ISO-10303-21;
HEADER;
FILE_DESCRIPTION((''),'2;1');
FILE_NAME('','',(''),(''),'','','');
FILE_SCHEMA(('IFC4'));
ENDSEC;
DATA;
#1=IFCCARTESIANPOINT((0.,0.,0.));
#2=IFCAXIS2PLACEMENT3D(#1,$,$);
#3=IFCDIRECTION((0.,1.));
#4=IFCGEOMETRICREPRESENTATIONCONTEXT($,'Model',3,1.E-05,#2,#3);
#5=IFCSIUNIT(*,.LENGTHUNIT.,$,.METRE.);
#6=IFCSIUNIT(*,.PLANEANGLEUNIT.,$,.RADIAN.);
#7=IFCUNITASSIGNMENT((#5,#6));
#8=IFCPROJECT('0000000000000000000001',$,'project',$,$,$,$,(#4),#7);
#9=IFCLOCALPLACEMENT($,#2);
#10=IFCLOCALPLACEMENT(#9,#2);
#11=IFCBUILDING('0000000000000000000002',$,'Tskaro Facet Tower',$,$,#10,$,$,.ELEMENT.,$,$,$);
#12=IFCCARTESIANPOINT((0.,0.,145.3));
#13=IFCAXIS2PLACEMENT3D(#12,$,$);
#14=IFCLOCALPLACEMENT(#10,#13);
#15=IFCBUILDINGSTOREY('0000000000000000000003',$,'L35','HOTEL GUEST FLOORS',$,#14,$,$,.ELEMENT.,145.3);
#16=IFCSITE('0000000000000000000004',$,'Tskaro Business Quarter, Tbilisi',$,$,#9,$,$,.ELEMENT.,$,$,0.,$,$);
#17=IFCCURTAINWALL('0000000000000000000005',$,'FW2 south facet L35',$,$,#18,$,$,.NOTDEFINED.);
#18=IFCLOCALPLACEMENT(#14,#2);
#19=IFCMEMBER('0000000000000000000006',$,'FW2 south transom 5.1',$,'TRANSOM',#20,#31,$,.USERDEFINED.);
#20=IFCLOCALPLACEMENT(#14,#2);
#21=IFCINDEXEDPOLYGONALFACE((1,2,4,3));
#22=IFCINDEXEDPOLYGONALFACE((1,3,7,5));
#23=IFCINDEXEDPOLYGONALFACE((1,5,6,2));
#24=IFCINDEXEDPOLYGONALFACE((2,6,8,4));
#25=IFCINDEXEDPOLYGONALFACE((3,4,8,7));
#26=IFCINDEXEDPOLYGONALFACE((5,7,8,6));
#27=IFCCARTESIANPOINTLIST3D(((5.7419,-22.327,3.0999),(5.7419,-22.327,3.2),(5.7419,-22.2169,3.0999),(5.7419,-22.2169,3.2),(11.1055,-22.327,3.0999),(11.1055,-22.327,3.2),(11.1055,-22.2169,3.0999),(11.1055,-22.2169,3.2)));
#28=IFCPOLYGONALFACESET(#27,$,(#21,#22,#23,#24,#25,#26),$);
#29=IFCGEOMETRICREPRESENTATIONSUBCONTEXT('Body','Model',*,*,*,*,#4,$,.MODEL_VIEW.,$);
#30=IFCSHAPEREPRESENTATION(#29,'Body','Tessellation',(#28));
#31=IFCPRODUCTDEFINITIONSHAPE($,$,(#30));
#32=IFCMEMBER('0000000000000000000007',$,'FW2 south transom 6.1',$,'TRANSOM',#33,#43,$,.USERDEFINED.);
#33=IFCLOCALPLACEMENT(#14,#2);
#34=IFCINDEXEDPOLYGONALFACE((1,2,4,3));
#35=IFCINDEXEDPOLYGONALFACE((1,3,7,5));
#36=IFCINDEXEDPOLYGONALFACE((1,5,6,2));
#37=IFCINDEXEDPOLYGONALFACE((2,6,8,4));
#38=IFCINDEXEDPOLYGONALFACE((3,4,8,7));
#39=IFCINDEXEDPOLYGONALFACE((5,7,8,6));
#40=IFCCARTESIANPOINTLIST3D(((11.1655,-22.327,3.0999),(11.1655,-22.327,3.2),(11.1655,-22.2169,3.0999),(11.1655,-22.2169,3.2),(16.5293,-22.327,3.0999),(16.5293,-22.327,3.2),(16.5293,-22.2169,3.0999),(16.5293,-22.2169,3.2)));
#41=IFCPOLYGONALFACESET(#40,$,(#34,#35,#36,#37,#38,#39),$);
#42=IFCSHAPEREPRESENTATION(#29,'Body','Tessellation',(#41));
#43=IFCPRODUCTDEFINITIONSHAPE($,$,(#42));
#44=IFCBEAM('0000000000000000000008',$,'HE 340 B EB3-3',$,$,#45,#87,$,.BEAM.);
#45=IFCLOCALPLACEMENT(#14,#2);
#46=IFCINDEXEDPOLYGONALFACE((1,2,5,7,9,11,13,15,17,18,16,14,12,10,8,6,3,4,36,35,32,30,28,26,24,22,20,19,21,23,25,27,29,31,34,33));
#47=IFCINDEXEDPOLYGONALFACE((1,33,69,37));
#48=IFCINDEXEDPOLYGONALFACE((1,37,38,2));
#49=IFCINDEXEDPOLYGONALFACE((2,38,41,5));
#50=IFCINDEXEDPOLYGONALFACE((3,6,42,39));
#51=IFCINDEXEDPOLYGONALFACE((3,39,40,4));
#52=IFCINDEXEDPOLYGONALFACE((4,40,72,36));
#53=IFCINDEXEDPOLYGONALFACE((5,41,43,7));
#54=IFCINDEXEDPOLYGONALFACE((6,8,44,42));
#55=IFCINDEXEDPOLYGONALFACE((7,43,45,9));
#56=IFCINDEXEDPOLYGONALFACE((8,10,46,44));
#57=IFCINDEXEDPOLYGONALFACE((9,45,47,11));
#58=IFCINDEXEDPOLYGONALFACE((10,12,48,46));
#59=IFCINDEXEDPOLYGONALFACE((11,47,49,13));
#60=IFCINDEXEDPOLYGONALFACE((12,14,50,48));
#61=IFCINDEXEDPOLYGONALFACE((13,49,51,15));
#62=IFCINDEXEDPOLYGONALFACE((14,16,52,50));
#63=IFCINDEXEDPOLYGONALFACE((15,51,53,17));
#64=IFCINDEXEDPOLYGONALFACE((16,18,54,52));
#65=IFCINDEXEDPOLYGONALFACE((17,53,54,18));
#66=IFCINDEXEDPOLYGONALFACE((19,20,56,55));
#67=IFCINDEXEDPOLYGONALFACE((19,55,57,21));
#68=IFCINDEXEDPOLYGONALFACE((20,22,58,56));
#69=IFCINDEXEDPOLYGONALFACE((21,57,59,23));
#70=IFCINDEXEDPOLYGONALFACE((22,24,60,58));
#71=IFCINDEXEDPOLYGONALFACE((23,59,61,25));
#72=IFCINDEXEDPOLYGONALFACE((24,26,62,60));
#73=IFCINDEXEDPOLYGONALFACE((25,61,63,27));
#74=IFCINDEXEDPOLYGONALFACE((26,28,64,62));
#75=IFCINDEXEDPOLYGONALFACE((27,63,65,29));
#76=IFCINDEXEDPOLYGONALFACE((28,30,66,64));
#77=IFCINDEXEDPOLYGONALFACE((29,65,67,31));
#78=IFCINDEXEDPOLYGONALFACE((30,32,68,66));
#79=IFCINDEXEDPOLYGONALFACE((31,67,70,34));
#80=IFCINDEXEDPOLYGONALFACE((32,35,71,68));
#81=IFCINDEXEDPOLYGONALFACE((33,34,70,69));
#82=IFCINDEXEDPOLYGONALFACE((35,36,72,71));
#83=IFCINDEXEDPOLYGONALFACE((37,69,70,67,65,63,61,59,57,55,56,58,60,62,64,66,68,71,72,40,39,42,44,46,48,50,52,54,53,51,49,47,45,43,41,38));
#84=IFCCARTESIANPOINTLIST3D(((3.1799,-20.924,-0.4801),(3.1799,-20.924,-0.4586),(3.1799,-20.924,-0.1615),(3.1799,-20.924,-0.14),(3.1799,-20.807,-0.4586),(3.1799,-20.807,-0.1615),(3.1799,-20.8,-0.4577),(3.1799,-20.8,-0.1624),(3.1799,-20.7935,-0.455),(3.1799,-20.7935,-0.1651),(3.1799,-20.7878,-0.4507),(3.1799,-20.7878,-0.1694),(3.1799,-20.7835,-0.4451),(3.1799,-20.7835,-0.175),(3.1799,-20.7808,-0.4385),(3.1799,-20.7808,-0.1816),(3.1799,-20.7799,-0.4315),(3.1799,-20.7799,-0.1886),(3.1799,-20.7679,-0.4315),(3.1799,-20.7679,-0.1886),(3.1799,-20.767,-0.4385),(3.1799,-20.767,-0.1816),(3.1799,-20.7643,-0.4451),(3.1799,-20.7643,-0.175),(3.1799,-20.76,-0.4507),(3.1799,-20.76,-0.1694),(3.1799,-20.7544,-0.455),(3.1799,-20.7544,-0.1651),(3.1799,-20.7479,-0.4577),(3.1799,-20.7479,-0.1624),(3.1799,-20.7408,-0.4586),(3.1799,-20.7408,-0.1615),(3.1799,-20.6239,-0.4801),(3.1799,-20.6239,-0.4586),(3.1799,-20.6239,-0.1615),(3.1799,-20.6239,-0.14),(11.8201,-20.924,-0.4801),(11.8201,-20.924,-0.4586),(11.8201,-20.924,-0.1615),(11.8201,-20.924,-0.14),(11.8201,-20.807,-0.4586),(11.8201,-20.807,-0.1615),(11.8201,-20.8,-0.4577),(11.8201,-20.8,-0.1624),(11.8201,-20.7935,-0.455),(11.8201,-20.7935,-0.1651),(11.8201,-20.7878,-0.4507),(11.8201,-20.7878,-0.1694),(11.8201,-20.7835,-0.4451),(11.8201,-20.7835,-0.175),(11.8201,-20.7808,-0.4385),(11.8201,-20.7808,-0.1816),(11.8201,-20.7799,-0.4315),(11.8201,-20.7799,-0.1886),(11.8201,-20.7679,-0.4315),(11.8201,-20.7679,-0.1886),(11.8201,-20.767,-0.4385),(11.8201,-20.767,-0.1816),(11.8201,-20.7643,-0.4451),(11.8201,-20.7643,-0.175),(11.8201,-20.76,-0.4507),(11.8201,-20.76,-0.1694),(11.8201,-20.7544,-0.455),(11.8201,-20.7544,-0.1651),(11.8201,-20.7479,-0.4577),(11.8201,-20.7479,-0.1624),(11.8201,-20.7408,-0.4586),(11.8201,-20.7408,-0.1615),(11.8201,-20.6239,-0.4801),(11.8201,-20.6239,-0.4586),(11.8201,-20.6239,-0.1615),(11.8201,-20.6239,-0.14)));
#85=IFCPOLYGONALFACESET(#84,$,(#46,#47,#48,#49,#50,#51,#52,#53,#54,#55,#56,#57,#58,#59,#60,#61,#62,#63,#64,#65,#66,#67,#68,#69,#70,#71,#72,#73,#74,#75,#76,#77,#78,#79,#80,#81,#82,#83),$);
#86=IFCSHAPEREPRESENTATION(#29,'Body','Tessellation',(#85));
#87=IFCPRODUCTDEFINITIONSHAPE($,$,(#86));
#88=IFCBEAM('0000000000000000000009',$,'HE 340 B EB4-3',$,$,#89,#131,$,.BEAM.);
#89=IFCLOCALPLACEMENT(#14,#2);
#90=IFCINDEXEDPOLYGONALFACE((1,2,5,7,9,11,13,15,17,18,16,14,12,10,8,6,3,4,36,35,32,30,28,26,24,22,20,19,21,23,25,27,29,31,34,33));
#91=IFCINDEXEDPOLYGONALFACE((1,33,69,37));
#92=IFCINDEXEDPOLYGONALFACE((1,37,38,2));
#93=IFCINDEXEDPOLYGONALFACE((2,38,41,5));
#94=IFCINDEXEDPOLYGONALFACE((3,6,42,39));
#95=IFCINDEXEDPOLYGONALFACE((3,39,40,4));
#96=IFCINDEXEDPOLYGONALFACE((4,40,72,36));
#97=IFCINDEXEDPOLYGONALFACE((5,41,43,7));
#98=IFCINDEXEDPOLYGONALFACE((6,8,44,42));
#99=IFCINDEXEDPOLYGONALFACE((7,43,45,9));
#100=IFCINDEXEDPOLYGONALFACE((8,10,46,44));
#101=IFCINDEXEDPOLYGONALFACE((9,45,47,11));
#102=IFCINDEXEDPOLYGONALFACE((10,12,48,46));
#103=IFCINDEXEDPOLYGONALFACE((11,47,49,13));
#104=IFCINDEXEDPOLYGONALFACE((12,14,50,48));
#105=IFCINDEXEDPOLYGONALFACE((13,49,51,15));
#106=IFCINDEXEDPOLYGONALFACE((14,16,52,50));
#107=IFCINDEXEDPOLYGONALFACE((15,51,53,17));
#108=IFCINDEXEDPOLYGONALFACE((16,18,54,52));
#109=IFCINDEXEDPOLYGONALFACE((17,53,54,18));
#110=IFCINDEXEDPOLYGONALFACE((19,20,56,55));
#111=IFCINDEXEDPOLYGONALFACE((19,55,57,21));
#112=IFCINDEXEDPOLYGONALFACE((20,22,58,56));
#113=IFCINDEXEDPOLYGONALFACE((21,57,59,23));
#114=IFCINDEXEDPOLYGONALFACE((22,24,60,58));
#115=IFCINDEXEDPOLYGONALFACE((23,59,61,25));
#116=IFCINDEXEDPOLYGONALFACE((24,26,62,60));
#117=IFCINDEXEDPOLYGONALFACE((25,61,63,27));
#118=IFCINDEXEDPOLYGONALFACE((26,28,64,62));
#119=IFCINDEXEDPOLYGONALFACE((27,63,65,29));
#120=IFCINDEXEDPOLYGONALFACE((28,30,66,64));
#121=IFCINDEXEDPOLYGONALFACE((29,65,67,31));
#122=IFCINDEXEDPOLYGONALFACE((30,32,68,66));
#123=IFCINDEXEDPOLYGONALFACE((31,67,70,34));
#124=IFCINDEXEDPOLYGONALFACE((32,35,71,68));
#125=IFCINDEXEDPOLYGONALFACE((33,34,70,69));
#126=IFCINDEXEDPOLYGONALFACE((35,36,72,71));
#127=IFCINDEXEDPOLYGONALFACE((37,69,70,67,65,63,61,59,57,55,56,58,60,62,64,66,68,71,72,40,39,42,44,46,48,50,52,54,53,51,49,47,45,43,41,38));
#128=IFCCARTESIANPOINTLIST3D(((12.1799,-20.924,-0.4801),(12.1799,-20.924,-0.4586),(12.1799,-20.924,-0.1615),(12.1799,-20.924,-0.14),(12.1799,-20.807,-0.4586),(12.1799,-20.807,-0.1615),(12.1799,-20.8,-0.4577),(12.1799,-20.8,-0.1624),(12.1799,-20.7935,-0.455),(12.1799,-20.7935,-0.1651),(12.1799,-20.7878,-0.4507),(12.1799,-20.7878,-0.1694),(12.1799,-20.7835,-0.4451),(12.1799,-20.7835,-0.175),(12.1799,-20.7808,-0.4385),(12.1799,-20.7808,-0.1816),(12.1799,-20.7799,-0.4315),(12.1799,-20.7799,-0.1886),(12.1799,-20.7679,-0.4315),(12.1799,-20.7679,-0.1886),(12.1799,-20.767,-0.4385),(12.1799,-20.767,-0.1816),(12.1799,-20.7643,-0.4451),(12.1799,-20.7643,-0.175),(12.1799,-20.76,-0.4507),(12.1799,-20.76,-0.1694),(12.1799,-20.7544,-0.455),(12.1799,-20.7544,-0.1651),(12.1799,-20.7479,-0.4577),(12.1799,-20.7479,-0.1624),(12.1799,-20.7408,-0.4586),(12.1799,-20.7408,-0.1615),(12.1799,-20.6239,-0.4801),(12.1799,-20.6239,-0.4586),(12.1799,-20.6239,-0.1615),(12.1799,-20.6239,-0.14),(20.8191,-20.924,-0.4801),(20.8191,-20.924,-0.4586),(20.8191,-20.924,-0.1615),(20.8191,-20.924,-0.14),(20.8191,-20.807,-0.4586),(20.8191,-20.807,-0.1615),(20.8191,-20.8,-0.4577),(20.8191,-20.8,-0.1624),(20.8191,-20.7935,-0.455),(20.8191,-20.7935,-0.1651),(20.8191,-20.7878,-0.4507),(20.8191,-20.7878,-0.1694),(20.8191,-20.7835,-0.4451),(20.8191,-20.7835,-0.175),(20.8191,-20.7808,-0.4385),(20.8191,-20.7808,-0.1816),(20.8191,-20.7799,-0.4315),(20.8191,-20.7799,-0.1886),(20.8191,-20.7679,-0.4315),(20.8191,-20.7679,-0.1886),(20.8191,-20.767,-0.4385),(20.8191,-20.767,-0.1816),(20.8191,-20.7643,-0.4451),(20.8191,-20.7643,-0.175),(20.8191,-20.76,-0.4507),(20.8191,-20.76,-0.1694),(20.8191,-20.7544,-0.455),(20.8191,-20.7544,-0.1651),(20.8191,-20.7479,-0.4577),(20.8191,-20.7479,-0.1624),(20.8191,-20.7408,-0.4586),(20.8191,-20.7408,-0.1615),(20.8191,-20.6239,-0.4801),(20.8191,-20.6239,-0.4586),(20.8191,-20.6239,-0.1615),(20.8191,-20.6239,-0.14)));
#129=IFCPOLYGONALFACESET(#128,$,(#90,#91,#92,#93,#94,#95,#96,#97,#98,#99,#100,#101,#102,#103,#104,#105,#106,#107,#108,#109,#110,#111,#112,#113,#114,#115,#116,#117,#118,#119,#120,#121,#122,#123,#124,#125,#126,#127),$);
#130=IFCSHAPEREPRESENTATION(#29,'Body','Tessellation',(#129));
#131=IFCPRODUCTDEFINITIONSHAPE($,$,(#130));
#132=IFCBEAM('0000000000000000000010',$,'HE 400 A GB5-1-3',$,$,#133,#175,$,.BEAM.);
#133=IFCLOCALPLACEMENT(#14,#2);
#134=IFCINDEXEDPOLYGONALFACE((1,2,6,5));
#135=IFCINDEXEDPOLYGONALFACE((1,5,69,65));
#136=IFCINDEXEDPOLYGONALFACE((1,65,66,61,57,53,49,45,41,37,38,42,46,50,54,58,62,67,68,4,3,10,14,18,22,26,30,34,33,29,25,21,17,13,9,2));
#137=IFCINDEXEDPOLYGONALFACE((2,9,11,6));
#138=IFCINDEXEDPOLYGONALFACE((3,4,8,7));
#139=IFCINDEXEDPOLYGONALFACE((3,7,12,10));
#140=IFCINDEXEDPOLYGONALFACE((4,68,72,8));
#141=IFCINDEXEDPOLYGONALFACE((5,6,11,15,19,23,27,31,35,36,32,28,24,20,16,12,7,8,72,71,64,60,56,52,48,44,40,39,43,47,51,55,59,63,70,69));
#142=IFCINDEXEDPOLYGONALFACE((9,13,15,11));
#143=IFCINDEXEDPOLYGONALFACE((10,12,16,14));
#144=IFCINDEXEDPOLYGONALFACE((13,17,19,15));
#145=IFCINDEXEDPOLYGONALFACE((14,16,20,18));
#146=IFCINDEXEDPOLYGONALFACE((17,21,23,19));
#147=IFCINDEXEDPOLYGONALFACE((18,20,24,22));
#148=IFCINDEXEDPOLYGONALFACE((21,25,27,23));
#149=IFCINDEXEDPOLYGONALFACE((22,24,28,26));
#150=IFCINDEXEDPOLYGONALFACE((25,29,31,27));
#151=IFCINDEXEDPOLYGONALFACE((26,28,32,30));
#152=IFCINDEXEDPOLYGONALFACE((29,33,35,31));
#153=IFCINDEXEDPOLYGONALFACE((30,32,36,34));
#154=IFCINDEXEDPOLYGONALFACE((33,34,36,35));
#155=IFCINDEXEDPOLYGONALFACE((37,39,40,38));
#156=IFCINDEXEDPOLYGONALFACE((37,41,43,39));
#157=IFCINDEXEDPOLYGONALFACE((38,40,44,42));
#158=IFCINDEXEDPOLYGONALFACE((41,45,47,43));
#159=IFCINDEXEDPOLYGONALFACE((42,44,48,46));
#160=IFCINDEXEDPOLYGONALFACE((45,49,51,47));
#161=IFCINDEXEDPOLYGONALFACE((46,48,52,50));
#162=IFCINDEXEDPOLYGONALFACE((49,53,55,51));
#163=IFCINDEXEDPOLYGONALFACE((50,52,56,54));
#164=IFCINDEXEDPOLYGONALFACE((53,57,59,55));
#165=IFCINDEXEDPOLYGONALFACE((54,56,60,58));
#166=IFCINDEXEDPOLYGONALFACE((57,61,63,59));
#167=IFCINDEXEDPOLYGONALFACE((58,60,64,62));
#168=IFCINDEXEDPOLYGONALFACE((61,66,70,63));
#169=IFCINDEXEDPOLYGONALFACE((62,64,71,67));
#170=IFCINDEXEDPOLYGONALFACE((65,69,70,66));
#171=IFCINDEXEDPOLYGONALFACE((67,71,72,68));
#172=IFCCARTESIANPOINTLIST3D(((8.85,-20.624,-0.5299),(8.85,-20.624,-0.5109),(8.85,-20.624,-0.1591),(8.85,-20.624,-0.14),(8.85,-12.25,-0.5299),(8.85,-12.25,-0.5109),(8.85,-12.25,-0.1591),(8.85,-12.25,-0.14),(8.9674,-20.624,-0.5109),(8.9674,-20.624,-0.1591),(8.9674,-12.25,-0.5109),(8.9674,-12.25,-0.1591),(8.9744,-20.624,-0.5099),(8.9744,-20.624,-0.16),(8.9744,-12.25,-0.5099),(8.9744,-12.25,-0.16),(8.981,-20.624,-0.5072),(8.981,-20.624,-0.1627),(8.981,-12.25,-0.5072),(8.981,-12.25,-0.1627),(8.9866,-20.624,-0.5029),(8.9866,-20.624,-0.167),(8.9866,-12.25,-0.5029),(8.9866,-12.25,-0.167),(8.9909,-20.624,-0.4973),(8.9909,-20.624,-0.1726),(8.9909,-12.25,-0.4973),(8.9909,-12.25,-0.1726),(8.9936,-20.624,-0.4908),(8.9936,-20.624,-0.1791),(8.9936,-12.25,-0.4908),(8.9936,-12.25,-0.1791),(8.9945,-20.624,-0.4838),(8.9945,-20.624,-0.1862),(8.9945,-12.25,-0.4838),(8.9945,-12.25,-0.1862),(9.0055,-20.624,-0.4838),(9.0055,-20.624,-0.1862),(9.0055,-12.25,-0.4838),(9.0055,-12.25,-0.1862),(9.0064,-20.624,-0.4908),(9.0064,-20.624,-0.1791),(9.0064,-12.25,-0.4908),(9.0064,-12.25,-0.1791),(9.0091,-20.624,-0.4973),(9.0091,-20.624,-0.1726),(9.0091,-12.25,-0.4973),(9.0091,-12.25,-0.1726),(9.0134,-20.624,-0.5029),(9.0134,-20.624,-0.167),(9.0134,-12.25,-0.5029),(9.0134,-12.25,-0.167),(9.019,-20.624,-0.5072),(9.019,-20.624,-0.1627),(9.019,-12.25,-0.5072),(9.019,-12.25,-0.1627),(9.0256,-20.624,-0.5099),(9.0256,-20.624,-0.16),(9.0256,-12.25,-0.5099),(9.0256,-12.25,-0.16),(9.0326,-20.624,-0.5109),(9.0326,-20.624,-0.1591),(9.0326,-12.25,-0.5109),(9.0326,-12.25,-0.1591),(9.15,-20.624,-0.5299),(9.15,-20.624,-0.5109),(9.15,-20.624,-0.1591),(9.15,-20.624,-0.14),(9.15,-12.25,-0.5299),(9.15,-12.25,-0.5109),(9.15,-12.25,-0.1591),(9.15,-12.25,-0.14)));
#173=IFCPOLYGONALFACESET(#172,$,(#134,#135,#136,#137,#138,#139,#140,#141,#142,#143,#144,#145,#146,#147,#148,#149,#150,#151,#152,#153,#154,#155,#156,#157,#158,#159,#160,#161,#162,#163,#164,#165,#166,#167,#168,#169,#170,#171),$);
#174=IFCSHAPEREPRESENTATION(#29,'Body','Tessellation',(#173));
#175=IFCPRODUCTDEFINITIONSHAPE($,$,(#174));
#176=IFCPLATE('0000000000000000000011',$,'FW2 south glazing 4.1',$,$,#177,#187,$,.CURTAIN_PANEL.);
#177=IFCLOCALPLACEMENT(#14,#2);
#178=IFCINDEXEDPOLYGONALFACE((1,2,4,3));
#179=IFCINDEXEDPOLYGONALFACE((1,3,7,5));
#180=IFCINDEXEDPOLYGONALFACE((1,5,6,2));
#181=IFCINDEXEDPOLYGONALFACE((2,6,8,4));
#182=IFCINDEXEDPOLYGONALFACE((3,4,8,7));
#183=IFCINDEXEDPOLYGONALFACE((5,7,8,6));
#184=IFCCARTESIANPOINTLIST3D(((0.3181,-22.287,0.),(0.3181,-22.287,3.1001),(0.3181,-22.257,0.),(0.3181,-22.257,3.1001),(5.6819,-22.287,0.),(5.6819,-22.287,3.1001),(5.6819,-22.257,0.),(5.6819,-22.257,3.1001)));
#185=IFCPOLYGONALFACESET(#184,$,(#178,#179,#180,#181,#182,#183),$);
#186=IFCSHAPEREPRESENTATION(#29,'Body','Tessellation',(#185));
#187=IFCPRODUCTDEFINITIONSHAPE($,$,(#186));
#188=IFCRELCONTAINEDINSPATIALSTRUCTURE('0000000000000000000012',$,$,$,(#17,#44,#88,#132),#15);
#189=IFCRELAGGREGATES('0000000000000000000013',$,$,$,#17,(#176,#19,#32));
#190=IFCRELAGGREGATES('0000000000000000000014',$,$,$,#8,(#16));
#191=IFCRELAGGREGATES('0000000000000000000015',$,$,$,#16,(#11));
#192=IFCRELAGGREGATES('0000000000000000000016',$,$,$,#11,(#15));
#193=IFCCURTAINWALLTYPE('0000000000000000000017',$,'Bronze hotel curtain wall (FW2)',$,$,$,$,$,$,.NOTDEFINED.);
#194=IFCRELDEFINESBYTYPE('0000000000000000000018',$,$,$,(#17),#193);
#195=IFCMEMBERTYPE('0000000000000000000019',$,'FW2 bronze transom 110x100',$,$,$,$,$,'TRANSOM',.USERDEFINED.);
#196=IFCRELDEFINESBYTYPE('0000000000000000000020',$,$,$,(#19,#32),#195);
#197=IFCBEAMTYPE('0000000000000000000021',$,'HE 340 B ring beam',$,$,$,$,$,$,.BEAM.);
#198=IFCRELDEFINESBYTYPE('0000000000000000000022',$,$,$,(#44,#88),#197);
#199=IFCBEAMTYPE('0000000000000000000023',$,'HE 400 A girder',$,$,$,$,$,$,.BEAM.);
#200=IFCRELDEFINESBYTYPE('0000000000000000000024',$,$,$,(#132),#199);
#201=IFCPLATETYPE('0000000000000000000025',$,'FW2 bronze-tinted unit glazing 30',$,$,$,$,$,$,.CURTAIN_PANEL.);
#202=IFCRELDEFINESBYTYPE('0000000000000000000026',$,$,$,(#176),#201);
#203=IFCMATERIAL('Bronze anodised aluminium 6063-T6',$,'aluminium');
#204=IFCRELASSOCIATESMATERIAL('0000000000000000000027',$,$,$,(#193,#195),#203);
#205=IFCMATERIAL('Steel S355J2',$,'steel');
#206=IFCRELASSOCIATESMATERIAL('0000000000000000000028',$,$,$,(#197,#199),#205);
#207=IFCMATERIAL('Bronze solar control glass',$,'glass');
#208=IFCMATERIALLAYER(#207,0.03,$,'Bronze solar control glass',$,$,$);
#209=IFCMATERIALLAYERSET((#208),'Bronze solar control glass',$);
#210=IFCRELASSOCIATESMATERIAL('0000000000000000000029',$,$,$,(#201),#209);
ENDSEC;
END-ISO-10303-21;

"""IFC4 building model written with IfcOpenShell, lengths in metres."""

from ifc_helpers import new_model, si_unit, direction, frame, origin, origin_2d, place, context, subcontext, project, spatial, rectangle, i_section, extrude, material, layer, layer_set, material_profile, profile_set, type_object, element, aggregate, save


model = new_model("IFC4")

# Units and contexts
model_context = context("Model", 3, precision=1e-05, world=origin(), true_north=direction((0.0, 1.0)))
body_context = subcontext(model_context, "Body", "Model", "MODEL_VIEW")
ifc_project = project(units=[si_unit("LENGTHUNIT", "METRE"), si_unit("PLANEANGLEUNIT", "RADIAN")], contexts=[model_context])

# Site, building, storey
site_placement = place(None, origin())
site = spatial("IfcSite", under=ifc_project, at=site_placement, Name="Tskaro Business Quarter, Tbilisi", CompositionType="ELEMENT", RefElevation=0.0)
building_placement = place(site_placement, origin())
building = spatial("IfcBuilding", under=site, at=building_placement, Name="Tskaro Facet Tower", CompositionType="ELEMENT")
storey_placement = place(building_placement, frame((0.0, 0.0, 145.3)))
storey = spatial("IfcBuildingStorey", under=building, at=storey_placement, Name="L35", Description="HOTEL GUEST FLOORS", CompositionType="ELEMENT", Elevation=145.3)

# Curtain wall, members
ifc_material_1 = material(Name="Bronze anodised aluminium 6063-T6", Category="aluminium")
curtain_wall_type = type_object("IfcCurtainWallType", Name="Bronze hotel curtain wall (FW2)", PredefinedType="NOTDEFINED", material=ifc_material_1)
curtain_wall_placement = place(storey_placement, origin())
curtain_wall = element("IfcCurtainWall", 1, at=curtain_wall_placement, inside=storey, type_object=curtain_wall_type, Name="FW2 south facet L35", PredefinedType="NOTDEFINED")
ifc_material_profile_1 = material_profile(ifc_material_1, rectangle(XDim=0.1101, YDim=0.1001, at=origin_2d()), Name="Transom 110x100")
ifc_profile_set_1 = profile_set([ifc_material_profile_1], Name="Bronze anodised aluminium 6063-T6")
member_type_1 = type_object("IfcMemberType", Name="FW2 bronze transom 110x100", ElementType="TRANSOM", PredefinedType="USERDEFINED", material=ifc_profile_set_1)
member_1_placement = place(storey_placement, frame((5.7419, -22.272, 3.1499), z_axis=(1.0, 0.0, 0.0), x_axis=(0.0, 1.0, 0.0)))
member_1 = element("IfcMember", 2, at=member_1_placement, type_object=member_type_1, Name="FW2 south transom 5.1", ObjectType="TRANSOM", PredefinedType="USERDEFINED", context=body_context, shape_type="SweptSolid", body=[
    extrude(rectangle(XDim=0.1101, YDim=0.1001, at=origin_2d()), origin(), (0.0, 0.0, 1.0), 5.3635),
])
member_2_placement = place(storey_placement, frame((11.1655, -22.272, 3.1499), z_axis=(1.0, 0.0, 0.0), x_axis=(0.0, 1.0, 0.0)))
member_2 = element("IfcMember", 3, at=member_2_placement, type_object=member_type_1, Name="FW2 south transom 6.1", ObjectType="TRANSOM", PredefinedType="USERDEFINED", context=body_context, shape_type="SweptSolid", body=[
    extrude(rectangle(XDim=0.1101, YDim=0.1001, at=origin_2d()), origin(), (0.0, 0.0, 1.0), 5.3638),
])

# Beams
ifc_material_2 = material(Name="Steel S355J2", Category="steel")
ifc_material_profile_2 = material_profile(ifc_material_2, i_section(OverallWidth=0.3, OverallDepth=0.3401, WebThickness=0.012, FlangeThickness=0.0215, FilletRadius=0.0271, at=origin_2d()), Name="HE 340 B")
ifc_profile_set_2 = profile_set([ifc_material_profile_2], Name="Steel S355J2")
beam_type_1 = type_object("IfcBeamType", Name="HE 340 B ring beam", PredefinedType="BEAM", material=ifc_profile_set_2)
beam_1_placement = place(storey_placement, frame((3.1799, -20.7739, -0.3101), z_axis=(1.0, 0.0, 0.0), x_axis=(0.0, 1.0, 0.0)))
element("IfcBeam", 4, at=beam_1_placement, inside=storey, type_object=beam_type_1, Name="HE 340 B EB3-3", PredefinedType="BEAM", context=body_context, shape_type="SweptSolid", body=[
    extrude(i_section(OverallWidth=0.3, OverallDepth=0.3401, WebThickness=0.012, FlangeThickness=0.0215, FilletRadius=0.0271, at=origin_2d()), origin(), (0.0, 0.0, 1.0), 8.6401),
])
beam_2_placement = place(storey_placement, frame((12.1799, -20.7739, -0.3101), z_axis=(1.0, 0.0, 0.0), x_axis=(0.0, 1.0, 0.0)))
element("IfcBeam", 5, at=beam_2_placement, inside=storey, type_object=beam_type_1, Name="HE 340 B EB4-3", PredefinedType="BEAM", context=body_context, shape_type="SweptSolid", body=[
    extrude(i_section(OverallWidth=0.3, OverallDepth=0.3401, WebThickness=0.012, FlangeThickness=0.0215, FilletRadius=0.0271, at=origin_2d()), origin(), (0.0, 0.0, 1.0), 8.6392),
])
ifc_material_profile_3 = material_profile(ifc_material_2, i_section(OverallWidth=0.3, OverallDepth=0.3899, WebThickness=0.011, FlangeThickness=0.019, FilletRadius=0.0271, at=origin_2d()), Name="HE 400 A")
ifc_profile_set_3 = profile_set([ifc_material_profile_3], Name="Steel S355J2")
beam_type_2 = type_object("IfcBeamType", Name="HE 400 A girder", PredefinedType="BEAM", material=ifc_profile_set_3)
beam_3_placement = place(storey_placement, frame((9.0, -20.624, -0.335), z_axis=(0.0, 1.0, 0.0), x_axis=(-1.0, 0.0, 0.0)))
element("IfcBeam", 6, at=beam_3_placement, inside=storey, type_object=beam_type_2, Name="HE 400 A GB5-1-3", PredefinedType="BEAM", context=body_context, shape_type="SweptSolid", body=[
    extrude(i_section(OverallWidth=0.3, OverallDepth=0.3899, WebThickness=0.011, FlangeThickness=0.019, FilletRadius=0.0271, at=origin_2d()), origin(), (0.0, 0.0, 1.0), 8.374),
])

# Plate
ifc_material_3 = material(Name="Bronze solar control glass", Category="glass")
ifc_layer_1 = layer(ifc_material_3, 0.03, Name="Bronze solar control glass")
ifc_layer_set_1 = layer_set([ifc_layer_1], Name="Bronze solar control glass")
plate_type = type_object("IfcPlateType", Name="FW2 bronze-tinted unit glazing 30", PredefinedType="CURTAIN_PANEL", material=ifc_layer_set_1)
plate_1_placement = place(storey_placement, frame((3.0, -22.272, 0.0), z_axis=(0.0, 0.0, 1.0), x_axis=(1.0, 0.0, 0.0)))
plate_1 = element("IfcPlate", 7, at=plate_1_placement, type_object=plate_type, Name="FW2 south glazing 4.1", PredefinedType="CURTAIN_PANEL", context=body_context, shape_type="SweptSolid", body=[
    extrude(rectangle(XDim=5.3638, YDim=0.03, at=origin_2d()), origin(), (0.0, 0.0, 1.0), 3.1001),
])
aggregate(curtain_wall, [plate_1, member_1, member_2])

save(model, "model.ifc")
